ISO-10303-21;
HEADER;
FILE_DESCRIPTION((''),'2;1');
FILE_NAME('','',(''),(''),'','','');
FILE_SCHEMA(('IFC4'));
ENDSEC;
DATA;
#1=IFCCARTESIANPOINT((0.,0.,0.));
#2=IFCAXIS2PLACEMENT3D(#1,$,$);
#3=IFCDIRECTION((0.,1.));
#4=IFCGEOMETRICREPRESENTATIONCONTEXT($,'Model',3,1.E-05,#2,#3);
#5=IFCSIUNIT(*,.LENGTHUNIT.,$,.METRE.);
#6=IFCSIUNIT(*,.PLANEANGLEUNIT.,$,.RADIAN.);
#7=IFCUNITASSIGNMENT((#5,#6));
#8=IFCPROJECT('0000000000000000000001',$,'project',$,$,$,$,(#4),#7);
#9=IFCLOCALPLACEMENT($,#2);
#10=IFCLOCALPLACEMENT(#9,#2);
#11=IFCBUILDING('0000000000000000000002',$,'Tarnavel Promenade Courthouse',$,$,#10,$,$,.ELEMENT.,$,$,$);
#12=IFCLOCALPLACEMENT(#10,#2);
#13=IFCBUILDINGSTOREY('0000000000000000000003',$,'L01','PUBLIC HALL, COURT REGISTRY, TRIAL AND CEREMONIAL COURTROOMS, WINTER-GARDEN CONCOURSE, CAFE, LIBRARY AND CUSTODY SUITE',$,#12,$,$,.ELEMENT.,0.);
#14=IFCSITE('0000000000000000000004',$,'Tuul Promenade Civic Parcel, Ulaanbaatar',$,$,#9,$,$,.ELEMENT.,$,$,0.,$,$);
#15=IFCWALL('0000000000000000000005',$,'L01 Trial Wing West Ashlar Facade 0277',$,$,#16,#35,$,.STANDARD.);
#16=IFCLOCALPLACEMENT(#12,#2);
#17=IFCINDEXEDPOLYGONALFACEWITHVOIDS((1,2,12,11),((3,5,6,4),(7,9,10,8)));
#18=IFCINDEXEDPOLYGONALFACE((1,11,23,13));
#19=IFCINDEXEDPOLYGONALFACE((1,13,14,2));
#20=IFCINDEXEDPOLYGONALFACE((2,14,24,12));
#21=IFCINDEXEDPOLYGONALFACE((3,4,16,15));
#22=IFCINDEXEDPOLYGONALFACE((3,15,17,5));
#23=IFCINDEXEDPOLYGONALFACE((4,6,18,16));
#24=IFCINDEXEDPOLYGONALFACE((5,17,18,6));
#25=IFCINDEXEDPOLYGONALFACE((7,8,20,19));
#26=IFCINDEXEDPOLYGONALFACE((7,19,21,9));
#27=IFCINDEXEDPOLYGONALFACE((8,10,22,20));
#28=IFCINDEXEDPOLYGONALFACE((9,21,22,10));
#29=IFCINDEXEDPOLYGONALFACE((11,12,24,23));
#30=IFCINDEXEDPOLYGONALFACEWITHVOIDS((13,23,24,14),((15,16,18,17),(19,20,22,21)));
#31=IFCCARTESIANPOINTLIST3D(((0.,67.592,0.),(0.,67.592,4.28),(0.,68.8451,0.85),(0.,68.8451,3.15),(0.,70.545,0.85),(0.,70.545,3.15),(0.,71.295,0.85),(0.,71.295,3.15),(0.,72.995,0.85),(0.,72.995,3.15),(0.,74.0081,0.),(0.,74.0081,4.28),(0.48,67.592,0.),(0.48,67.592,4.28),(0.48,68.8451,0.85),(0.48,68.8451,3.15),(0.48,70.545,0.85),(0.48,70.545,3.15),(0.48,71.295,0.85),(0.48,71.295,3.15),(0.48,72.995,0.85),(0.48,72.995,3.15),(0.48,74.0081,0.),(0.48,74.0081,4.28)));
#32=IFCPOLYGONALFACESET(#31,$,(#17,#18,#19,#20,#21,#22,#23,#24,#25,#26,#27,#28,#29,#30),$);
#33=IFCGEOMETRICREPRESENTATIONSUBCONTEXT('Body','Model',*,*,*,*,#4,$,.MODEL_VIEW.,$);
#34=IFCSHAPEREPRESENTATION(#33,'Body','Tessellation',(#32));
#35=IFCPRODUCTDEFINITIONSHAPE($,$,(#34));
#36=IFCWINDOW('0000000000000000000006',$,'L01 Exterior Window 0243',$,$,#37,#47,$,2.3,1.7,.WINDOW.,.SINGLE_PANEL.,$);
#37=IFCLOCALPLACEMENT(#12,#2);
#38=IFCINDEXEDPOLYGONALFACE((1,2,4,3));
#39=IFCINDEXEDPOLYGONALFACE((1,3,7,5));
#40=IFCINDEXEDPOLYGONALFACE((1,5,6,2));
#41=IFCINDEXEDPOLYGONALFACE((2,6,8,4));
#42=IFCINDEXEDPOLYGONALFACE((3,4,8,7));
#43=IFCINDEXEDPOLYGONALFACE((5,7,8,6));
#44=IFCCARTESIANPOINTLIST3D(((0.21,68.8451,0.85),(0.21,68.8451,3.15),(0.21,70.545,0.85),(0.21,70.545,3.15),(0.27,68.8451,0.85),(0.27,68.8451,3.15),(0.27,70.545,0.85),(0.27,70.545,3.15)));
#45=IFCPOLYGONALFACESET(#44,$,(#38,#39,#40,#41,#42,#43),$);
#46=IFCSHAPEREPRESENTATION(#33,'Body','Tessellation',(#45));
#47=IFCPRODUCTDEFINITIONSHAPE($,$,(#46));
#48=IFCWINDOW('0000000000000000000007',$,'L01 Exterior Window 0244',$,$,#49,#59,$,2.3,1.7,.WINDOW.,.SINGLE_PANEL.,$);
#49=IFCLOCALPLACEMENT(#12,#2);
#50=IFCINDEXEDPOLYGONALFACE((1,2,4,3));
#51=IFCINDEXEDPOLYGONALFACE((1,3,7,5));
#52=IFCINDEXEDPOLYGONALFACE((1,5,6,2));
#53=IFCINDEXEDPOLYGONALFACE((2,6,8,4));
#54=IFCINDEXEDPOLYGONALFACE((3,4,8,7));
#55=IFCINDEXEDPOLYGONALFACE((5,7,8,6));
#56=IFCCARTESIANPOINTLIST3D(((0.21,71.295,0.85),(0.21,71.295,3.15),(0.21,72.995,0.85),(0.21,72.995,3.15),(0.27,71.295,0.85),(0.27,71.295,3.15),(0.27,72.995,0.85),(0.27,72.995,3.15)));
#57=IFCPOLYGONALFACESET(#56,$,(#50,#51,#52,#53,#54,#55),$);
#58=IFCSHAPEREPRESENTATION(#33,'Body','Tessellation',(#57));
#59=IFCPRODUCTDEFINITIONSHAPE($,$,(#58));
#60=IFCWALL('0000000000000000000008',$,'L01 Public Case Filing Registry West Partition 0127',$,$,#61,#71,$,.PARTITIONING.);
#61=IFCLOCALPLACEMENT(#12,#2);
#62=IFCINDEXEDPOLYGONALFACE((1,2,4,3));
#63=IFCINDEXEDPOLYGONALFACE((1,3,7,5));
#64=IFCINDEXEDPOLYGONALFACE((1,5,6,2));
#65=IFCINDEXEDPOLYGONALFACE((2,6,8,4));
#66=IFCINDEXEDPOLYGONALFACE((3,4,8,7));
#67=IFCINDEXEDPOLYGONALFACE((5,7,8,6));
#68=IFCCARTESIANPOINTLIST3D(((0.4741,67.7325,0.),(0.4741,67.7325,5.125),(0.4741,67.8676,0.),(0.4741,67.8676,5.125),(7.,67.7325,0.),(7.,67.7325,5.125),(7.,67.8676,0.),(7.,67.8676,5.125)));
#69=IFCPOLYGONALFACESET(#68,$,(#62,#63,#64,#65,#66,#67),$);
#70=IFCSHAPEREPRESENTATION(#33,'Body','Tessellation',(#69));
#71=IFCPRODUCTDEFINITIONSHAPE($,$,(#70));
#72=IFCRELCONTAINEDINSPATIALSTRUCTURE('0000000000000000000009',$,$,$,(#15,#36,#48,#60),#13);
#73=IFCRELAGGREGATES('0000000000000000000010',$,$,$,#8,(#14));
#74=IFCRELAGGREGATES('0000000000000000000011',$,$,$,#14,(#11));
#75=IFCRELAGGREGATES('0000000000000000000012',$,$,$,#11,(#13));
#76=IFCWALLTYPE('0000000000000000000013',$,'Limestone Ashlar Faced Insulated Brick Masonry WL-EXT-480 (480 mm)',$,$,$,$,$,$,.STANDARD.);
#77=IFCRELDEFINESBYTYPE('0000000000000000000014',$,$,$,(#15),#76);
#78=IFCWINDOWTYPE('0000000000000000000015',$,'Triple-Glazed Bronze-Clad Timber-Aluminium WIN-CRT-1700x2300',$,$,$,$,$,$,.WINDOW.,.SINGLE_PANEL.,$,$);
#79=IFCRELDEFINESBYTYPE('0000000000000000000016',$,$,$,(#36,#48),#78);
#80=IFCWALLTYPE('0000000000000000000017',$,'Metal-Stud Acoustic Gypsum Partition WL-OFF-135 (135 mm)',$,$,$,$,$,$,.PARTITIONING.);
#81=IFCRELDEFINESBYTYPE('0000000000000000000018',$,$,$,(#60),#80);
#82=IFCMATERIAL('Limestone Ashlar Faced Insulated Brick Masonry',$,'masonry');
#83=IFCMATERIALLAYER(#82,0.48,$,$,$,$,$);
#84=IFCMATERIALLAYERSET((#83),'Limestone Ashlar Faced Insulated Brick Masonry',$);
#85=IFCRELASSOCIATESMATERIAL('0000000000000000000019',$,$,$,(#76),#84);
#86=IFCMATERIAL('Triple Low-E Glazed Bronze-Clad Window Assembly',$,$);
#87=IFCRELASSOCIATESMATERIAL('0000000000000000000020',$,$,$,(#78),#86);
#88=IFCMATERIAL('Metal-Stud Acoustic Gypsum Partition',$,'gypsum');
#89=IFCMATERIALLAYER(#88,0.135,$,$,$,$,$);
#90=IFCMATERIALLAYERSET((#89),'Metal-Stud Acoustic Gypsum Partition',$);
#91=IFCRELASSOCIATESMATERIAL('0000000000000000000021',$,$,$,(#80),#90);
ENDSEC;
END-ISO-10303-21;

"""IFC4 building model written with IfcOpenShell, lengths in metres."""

from ifc_helpers import new_model, si_unit, direction, frame, frame_2d, origin, place, context, subcontext, project, spatial, rectangle, extrude, material, layer, layer_set, type_object, element, fill, save


model = new_model("IFC4")

# Units and contexts
model_context = context("Model", 3, precision=1e-05, world=origin(), true_north=direction((0.0, 1.0)))
body_context = subcontext(model_context, "Body", "Model", "MODEL_VIEW")
ifc_project = project(units=[si_unit("LENGTHUNIT", "METRE"), si_unit("PLANEANGLEUNIT", "RADIAN")], contexts=[model_context])

# Site, building, storey
site_placement = place(None, origin())
site = spatial("IfcSite", under=ifc_project, at=site_placement, Name="Tuul Promenade Civic Parcel, Ulaanbaatar", CompositionType="ELEMENT", RefElevation=0.0)
building_placement = place(site_placement, origin())
building = spatial("IfcBuilding", under=site, at=building_placement, Name="Tarnavel Promenade Courthouse", CompositionType="ELEMENT")
storey_placement = place(building_placement, origin())
storey = spatial("IfcBuildingStorey", under=building, at=storey_placement, Name="L01", Description="PUBLIC HALL, COURT REGISTRY, TRIAL AND CEREMONIAL COURTROOMS, WINTER-GARDEN CONCOURSE, CAFE, LIBRARY AND CUSTODY SUITE", CompositionType="ELEMENT", Elevation=0.0)

# Wall, openings, windows
ifc_material_1 = material(Name="Limestone Ashlar Faced Insulated Brick Masonry", Category="masonry")
ifc_layer_1 = layer(ifc_material_1, 0.48)
ifc_layer_set_1 = layer_set([ifc_layer_1], Name="Limestone Ashlar Faced Insulated Brick Masonry")
wall_type_1 = type_object("IfcWallType", Name="Limestone Ashlar Faced Insulated Brick Masonry WL-EXT-480 (480 mm)", PredefinedType="STANDARD", material=ifc_layer_set_1)
wall_1_placement = place(storey_placement, frame((0.24, 67.592, 0.0), z_axis=(0.0, 0.0, 1.0), x_axis=(0.0, 1.0, 0.0)))
wall_1 = element("IfcWall", 1, at=wall_1_placement, inside=storey, type_object=wall_type_1, Name="L01 Trial Wing West Ashlar Facade 0277", PredefinedType="STANDARD", context=body_context, shape_type="SweptSolid", body=[
    extrude(rectangle(XDim=6.416, YDim=0.48, at=frame_2d((3.208, 0.0))), origin(), (0.0, 0.0, 1.0), 4.28),
])
opening_1_placement = place(wall_1_placement, frame((1.2529, 0.0, 0.8501)))
opening_1 = element("IfcOpeningElement", 2, at=opening_1_placement, cuts=wall_1, PredefinedType="OPENING", context=body_context, shape_type="SweptSolid", body=[
    extrude(rectangle(XDim=1.7, YDim=2.3, at=frame_2d((0.8501, 1.1499))), frame((0.0, 0.25, 0.0), z_axis=(0.0, -1.0, 0.0), x_axis=(1.0, 0.0, 0.0)), (0.0, 0.0, 1.0), 0.5),
])
opening_2_placement = place(wall_1_placement, frame((3.7029, 0.0, 0.8501)))
opening_2 = element("IfcOpeningElement", 3, at=opening_2_placement, cuts=wall_1, PredefinedType="OPENING", context=body_context, shape_type="SweptSolid", body=[
    extrude(rectangle(XDim=1.7, YDim=2.3, at=frame_2d((0.8501, 1.1499))), frame((0.0, 0.25, 0.0), z_axis=(0.0, -1.0, 0.0), x_axis=(1.0, 0.0, 0.0)), (0.0, 0.0, 1.0), 0.5),
])
ifc_material_2 = material(Name="Triple Low-E Glazed Bronze-Clad Window Assembly")
window_type = type_object("IfcWindowType", Name="Triple-Glazed Bronze-Clad Timber-Aluminium WIN-CRT-1700x2300", PartitioningType="SINGLE_PANEL", PredefinedType="WINDOW", material=ifc_material_2)
window_1_placement = place(opening_1_placement, origin())
window_1 = element("IfcWindow", 4, at=window_1_placement, inside=storey, type_object=window_type, Name="L01 Exterior Window 0243", OverallHeight=2.3, OverallWidth=1.7, PartitioningType="SINGLE_PANEL", PredefinedType="WINDOW", context=body_context, shape_type="SweptSolid", body=[
    extrude(rectangle(XDim=1.7, YDim=2.3, at=frame_2d((0.8501, 1.1499))), frame((0.0, 0.03, 0.0), z_axis=(0.0, -1.0, 0.0), x_axis=(1.0, 0.0, 0.0)), (0.0, 0.0, 1.0), 0.0601),
])
fill(opening_1, window_1)
window_2_placement = place(opening_2_placement, origin())
window_2 = element("IfcWindow", 5, at=window_2_placement, inside=storey, type_object=window_type, Name="L01 Exterior Window 0244", OverallHeight=2.3, OverallWidth=1.7, PartitioningType="SINGLE_PANEL", PredefinedType="WINDOW", context=body_context, shape_type="SweptSolid", body=[
    extrude(rectangle(XDim=1.7, YDim=2.3, at=frame_2d((0.8501, 1.1499))), frame((0.0, 0.03, 0.0), z_axis=(0.0, -1.0, 0.0), x_axis=(1.0, 0.0, 0.0)), (0.0, 0.0, 1.0), 0.0601),
])
fill(opening_2, window_2)

# Wall
ifc_material_3 = material(Name="Metal-Stud Acoustic Gypsum Partition", Category="gypsum")
ifc_layer_2 = layer(ifc_material_3, 0.135)
ifc_layer_set_2 = layer_set([ifc_layer_2], Name="Metal-Stud Acoustic Gypsum Partition")
wall_type_2 = type_object("IfcWallType", Name="Metal-Stud Acoustic Gypsum Partition WL-OFF-135 (135 mm)", PredefinedType="PARTITIONING", material=ifc_layer_set_2)
wall_2_placement = place(storey_placement, frame((7.0, 67.8, 0.0), z_axis=(0.0, 0.0, 1.0), x_axis=(-1.0, 0.0, 0.0)))
element("IfcWall", 6, at=wall_2_placement, inside=storey, type_object=wall_type_2, Name="L01 Public Case Filing Registry West Partition 0127", PredefinedType="PARTITIONING", context=body_context, shape_type="SweptSolid", body=[
    extrude(rectangle(XDim=6.5259, YDim=0.135, at=frame_2d((3.2629, 0.0))), origin(), (0.0, 0.0, 1.0), 5.125),
])

save(model, "model.ifc")
